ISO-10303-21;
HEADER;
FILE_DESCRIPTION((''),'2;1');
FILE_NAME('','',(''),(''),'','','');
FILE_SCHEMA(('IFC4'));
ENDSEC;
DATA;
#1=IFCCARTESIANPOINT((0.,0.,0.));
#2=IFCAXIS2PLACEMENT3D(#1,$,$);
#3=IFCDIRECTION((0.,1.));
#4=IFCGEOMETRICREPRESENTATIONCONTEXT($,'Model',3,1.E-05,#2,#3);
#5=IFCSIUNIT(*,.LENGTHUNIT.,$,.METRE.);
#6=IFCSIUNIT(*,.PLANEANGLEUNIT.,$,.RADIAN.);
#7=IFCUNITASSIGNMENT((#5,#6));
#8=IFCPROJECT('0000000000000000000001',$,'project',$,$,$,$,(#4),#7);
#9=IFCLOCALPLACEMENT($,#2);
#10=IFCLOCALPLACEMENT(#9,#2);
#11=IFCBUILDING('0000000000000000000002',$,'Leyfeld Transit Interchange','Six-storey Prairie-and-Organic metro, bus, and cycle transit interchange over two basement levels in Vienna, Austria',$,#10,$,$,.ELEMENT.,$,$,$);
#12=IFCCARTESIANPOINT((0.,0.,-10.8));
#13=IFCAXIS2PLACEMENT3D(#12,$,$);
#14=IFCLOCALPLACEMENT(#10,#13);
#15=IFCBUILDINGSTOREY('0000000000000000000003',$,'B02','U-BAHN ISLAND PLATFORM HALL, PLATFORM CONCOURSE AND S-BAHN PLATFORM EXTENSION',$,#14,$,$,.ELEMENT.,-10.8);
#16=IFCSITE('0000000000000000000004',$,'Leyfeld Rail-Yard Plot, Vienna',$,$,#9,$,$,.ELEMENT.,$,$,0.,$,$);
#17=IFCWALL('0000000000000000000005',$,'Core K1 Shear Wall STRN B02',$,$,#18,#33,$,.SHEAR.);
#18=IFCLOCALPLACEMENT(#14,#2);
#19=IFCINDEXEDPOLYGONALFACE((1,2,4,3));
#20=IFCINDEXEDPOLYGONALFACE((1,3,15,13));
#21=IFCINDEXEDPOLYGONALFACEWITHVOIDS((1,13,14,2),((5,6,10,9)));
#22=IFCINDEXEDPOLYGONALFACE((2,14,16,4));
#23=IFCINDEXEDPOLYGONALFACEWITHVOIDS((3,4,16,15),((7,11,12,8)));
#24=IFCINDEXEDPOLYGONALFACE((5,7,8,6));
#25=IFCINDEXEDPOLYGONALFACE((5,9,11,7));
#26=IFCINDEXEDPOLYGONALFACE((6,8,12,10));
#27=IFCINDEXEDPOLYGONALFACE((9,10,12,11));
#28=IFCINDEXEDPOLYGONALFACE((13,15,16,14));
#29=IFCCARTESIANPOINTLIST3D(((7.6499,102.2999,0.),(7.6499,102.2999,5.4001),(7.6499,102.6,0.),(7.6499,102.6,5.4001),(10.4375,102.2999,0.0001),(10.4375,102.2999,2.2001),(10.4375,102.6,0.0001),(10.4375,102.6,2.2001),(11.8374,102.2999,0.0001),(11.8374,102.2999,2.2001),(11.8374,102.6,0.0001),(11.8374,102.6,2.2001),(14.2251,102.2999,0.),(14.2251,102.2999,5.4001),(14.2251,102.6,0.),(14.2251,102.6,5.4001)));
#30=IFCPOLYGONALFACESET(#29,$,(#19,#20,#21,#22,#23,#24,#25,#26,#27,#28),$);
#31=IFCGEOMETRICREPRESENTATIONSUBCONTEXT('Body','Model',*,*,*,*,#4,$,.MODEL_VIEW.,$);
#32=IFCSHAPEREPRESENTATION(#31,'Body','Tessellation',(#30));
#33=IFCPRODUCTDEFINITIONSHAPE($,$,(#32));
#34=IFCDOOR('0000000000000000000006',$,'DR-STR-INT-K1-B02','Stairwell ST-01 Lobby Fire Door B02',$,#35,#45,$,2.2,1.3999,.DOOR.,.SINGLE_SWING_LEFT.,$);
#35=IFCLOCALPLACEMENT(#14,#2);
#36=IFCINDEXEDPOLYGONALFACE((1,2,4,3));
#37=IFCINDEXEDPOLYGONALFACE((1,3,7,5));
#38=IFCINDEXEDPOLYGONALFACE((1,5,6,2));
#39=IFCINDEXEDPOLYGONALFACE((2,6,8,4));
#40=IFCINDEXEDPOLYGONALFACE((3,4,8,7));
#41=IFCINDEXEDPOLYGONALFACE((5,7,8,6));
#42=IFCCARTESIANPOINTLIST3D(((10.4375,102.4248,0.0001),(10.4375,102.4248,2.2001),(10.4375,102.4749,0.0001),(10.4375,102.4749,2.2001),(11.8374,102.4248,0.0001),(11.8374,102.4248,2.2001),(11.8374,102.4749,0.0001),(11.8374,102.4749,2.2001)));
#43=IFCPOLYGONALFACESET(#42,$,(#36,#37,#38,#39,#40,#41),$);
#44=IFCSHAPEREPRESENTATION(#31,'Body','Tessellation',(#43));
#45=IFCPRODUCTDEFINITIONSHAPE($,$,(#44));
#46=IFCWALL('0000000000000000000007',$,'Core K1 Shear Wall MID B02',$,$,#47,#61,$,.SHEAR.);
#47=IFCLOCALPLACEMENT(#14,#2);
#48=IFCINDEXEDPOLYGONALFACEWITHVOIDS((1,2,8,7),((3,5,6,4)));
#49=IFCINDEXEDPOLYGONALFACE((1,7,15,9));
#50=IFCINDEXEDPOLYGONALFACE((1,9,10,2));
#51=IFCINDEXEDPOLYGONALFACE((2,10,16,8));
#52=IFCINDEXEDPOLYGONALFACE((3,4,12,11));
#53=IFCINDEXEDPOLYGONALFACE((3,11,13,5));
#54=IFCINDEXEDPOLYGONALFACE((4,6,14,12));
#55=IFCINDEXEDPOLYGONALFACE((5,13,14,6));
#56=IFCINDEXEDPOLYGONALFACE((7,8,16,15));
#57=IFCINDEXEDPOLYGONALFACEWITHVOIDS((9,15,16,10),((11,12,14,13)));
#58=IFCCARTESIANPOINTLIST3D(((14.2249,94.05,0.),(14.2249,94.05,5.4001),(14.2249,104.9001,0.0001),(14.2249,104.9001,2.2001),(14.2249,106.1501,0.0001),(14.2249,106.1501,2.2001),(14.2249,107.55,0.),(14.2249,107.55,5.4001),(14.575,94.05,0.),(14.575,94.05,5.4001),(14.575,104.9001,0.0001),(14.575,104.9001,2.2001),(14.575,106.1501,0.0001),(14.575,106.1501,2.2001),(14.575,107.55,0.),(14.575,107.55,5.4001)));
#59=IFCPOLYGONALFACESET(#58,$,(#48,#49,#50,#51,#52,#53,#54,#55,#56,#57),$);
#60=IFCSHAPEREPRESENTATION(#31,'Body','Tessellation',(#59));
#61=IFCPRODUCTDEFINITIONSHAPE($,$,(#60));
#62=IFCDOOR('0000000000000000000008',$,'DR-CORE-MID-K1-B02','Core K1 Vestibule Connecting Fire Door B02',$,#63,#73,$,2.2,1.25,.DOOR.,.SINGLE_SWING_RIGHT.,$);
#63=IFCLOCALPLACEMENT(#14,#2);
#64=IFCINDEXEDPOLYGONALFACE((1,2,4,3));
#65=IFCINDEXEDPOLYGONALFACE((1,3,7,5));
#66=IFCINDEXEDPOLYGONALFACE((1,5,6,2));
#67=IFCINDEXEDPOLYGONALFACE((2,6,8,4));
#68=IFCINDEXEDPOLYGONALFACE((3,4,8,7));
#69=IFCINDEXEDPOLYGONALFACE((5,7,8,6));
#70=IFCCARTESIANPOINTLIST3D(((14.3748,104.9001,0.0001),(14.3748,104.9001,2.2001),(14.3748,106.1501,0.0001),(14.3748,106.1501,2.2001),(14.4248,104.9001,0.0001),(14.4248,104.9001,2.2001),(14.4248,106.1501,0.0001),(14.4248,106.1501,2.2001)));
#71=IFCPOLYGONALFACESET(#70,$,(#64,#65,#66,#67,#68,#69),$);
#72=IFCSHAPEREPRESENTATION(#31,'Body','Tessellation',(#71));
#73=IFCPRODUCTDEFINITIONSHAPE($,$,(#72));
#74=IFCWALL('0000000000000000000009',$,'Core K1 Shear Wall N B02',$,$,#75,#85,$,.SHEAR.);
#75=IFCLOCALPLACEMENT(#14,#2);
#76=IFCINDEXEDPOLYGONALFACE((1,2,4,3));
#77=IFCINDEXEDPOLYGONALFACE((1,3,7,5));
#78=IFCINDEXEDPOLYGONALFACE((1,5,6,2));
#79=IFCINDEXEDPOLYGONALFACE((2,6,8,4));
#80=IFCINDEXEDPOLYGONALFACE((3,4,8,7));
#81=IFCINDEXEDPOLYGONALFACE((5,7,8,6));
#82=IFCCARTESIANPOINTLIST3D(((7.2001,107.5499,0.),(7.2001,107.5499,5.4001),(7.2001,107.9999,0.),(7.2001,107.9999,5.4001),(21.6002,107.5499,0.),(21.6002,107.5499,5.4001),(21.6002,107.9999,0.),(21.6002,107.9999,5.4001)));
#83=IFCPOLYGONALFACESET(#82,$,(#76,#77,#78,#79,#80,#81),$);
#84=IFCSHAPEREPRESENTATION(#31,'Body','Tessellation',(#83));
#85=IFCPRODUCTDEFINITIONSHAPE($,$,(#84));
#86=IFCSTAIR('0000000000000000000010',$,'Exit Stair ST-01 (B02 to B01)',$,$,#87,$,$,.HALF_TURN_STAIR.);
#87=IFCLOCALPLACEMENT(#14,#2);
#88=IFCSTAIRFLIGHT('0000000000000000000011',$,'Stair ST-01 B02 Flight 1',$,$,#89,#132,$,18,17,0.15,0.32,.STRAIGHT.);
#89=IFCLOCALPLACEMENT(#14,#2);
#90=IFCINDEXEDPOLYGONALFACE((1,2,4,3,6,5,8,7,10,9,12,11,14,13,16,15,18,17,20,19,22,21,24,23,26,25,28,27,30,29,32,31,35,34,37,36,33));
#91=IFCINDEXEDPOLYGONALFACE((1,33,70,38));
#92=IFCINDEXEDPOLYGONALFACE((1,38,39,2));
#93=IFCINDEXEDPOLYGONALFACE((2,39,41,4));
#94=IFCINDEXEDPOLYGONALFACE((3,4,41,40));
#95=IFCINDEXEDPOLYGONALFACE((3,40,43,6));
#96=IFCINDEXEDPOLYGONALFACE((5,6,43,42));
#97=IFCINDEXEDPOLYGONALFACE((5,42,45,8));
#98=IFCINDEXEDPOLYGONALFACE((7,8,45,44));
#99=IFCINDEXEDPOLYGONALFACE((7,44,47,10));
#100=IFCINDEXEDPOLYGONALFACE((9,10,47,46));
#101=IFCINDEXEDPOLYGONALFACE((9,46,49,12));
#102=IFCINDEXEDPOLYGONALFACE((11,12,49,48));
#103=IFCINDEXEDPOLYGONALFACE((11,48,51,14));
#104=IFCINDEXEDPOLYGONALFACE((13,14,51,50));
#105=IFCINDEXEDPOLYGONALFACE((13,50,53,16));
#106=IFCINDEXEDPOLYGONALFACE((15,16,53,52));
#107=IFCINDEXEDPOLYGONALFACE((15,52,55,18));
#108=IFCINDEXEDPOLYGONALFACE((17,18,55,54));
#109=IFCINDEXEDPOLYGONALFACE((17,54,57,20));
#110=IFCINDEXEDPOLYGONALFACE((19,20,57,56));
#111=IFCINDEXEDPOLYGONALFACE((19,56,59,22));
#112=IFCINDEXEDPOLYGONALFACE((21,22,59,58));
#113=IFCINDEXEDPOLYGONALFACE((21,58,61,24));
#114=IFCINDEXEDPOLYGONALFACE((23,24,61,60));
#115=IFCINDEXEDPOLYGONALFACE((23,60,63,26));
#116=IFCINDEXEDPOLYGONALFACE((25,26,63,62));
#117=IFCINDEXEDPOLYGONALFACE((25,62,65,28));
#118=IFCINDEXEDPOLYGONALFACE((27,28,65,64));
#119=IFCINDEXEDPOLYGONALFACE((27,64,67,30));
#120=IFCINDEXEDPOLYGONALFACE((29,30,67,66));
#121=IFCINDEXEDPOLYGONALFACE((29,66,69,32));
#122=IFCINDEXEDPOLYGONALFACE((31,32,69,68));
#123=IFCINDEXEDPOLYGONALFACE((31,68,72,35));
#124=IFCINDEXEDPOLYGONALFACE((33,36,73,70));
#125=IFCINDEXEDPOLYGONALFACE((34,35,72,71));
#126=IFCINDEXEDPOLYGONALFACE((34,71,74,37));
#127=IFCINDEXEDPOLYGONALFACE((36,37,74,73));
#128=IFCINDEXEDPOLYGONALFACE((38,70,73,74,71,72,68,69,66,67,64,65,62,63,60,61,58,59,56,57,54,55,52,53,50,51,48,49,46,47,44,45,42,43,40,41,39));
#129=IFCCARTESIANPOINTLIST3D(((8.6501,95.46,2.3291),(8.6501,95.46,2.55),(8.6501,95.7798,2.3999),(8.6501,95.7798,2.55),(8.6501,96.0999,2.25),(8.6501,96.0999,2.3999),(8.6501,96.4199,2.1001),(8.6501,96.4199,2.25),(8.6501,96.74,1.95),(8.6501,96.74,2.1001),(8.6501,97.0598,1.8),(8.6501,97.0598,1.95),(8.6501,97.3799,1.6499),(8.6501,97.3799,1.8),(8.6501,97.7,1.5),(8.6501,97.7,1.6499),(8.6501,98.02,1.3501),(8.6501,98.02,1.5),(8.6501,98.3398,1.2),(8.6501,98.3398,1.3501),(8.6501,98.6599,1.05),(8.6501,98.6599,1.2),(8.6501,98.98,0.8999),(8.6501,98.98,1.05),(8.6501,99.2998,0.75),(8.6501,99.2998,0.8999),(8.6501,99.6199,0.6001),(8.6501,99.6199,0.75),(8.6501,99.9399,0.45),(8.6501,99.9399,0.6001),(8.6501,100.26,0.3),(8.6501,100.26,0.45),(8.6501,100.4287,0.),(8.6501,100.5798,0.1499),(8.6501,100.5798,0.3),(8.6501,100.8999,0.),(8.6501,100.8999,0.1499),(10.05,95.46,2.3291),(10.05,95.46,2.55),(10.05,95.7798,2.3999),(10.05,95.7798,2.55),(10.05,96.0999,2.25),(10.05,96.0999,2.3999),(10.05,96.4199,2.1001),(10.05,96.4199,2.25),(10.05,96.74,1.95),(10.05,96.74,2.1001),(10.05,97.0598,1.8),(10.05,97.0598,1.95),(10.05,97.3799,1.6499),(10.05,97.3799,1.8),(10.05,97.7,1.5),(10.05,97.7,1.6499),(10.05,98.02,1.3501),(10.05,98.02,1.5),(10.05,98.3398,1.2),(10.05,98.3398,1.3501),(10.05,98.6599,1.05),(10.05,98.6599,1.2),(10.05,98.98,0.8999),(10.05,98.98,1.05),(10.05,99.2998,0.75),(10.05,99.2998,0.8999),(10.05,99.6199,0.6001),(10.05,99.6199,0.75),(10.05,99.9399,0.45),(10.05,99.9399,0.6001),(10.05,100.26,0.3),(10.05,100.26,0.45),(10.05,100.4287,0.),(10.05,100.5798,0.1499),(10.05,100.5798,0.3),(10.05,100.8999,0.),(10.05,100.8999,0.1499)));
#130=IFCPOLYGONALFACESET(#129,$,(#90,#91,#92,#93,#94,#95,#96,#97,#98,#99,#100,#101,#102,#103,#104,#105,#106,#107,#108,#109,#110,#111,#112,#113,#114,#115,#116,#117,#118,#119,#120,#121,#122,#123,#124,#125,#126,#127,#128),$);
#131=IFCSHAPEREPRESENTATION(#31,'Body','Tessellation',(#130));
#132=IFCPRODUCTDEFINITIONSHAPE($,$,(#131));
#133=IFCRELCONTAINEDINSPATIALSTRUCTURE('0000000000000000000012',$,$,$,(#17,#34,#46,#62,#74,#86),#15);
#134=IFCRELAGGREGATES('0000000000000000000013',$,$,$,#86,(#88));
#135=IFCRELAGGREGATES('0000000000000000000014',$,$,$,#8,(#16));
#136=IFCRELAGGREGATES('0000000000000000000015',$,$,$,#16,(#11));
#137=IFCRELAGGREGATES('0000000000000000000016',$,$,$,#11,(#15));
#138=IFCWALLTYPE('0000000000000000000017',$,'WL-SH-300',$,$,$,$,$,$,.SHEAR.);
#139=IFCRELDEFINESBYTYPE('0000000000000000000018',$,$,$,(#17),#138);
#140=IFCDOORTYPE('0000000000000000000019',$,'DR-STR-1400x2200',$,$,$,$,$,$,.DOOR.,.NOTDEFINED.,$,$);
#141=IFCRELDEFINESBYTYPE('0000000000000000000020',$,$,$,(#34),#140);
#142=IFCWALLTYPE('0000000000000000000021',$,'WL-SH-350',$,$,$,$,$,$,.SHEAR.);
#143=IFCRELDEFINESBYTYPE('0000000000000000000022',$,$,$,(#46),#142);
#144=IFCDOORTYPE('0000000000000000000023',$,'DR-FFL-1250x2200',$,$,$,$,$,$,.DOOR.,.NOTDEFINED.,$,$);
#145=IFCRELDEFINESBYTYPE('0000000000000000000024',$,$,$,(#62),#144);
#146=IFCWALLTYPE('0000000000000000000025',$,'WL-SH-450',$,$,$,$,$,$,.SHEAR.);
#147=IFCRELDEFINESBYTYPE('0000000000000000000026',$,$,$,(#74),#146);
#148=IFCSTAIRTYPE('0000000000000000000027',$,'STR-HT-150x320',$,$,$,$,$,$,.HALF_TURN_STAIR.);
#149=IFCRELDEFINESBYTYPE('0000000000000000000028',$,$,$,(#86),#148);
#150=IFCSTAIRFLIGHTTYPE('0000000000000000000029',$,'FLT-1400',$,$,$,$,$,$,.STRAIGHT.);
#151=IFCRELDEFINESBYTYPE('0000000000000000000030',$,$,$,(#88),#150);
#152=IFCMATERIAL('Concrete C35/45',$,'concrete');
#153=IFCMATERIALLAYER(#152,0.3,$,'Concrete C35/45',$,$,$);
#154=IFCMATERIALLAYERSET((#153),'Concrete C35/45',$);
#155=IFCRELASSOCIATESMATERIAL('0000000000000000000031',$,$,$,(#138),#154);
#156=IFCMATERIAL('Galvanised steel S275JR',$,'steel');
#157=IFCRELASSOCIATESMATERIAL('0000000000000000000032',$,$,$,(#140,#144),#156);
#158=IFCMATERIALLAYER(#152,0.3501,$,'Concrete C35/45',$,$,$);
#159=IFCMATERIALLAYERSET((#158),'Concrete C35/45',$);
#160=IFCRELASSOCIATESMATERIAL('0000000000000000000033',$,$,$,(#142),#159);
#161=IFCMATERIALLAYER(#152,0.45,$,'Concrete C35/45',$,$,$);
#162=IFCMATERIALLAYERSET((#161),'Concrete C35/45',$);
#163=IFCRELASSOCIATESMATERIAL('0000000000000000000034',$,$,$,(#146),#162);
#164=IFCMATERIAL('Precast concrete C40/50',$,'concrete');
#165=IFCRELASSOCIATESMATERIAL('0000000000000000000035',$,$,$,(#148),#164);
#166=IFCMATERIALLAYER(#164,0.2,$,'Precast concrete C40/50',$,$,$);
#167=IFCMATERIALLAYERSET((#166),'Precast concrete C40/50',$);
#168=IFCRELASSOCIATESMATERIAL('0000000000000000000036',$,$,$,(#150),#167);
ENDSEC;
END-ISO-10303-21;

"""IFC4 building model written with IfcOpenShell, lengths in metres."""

from ifc_helpers import new_model, si_unit, direction, frame, frame_2d, origin, place, context, subcontext, project, spatial, polyline, rectangle, outline, extrude, material, layer, layer_set, type_object, element, fill, aggregate, save


model = new_model("IFC4")

# Units and contexts
model_context = context("Model", 3, precision=1e-05, world=origin(), true_north=direction((0.0, 1.0)))
body_context = subcontext(model_context, "Body", "Model", "MODEL_VIEW")
ifc_project = project(units=[si_unit("LENGTHUNIT", "METRE"), si_unit("PLANEANGLEUNIT", "RADIAN")], contexts=[model_context])

# Site, building, storey
site_placement = place(None, origin())
site = spatial("IfcSite", under=ifc_project, at=site_placement, Name="Leyfeld Rail-Yard Plot, Vienna", CompositionType="ELEMENT", RefElevation=0.0)
building_placement = place(site_placement, origin())
building = spatial("IfcBuilding", under=site, at=building_placement, Name="Leyfeld Transit Interchange", Description="Six-storey Prairie-and-Organic metro, bus, and cycle transit interchange over two basement levels in Vienna, Austria", CompositionType="ELEMENT")
storey_placement = place(building_placement, frame((0.0, 0.0, -10.8)))
storey = spatial("IfcBuildingStorey", under=building, at=storey_placement, Name="B02", Description="U-BAHN ISLAND PLATFORM HALL, PLATFORM CONCOURSE AND S-BAHN PLATFORM EXTENSION", CompositionType="ELEMENT", Elevation=-10.8)

# Shared definitions
ifc_material_1 = material(Name="Concrete C35/45", Category="concrete")

# Walls, openings, doors
ifc_layer_1 = layer(ifc_material_1, 0.3, Name="Concrete C35/45")
ifc_layer_set_1 = layer_set([ifc_layer_1], Name="Concrete C35/45")
wall_type_1 = type_object("IfcWallType", Name="WL-SH-300", PredefinedType="SHEAR", material=ifc_layer_set_1)
wall_1_placement = place(storey_placement, frame((7.6499, 102.45, 0.0), z_axis=(0.0, 0.0, 1.0), x_axis=(1.0, 0.0, 0.0)))
wall_1 = element("IfcWall", 1, at=wall_1_placement, inside=storey, type_object=wall_type_1, Name="Core K1 Shear Wall STRN B02", PredefinedType="SHEAR", context=body_context, shape_type="SweptSolid", body=[
    extrude(rectangle(XDim=6.5752, YDim=0.3, at=frame_2d((3.2876, 0.0))), origin(), (0.0, 0.0, 1.0), 5.4001),
])
opening_1_placement = place(wall_1_placement, frame((2.7876, 0.0, 0.0)))
opening_1 = element("IfcOpeningElement", 2, at=opening_1_placement, cuts=wall_1, PredefinedType="OPENING", context=body_context, shape_type="SweptSolid", body=[
    extrude(rectangle(XDim=1.3999, YDim=2.2, at=frame_2d((0.7, 1.1001))), frame((0.0, 0.1599, 0.0), z_axis=(0.0, -1.0, 0.0), x_axis=(1.0, 0.0, 0.0)), (0.0, 0.0, 1.0), 0.3201),
])
ifc_material_2 = material(Name="Galvanised steel S275JR", Category="steel")
door_type_1 = type_object("IfcDoorType", Name="DR-STR-1400x2200", OperationType="NOTDEFINED", PredefinedType="DOOR", material=ifc_material_2)
door_1_placement = place(opening_1_placement, origin())
door_1 = element("IfcDoor", 3, at=door_1_placement, inside=storey, type_object=door_type_1, Name="DR-STR-INT-K1-B02", Description="Stairwell ST-01 Lobby Fire Door B02", OperationType="SINGLE_SWING_LEFT", OverallHeight=2.2, OverallWidth=1.3999, PredefinedType="DOOR", context=body_context, shape_type="SweptSolid", body=[
    extrude(rectangle(XDim=1.3999, YDim=2.2, at=frame_2d((0.7, 1.1001))), frame((0.0, 0.0249, 0.0), z_axis=(0.0, -1.0, 0.0), x_axis=(1.0, 0.0, 0.0)), (0.0, 0.0, 1.0), 0.05),
])
fill(opening_1, door_1)
ifc_layer_2 = layer(ifc_material_1, 0.3501, Name="Concrete C35/45")
ifc_layer_set_2 = layer_set([ifc_layer_2], Name="Concrete C35/45")
wall_type_2 = type_object("IfcWallType", Name="WL-SH-350", PredefinedType="SHEAR", material=ifc_layer_set_2)
wall_2_placement = place(storey_placement, frame((14.3999, 107.55, 0.0), z_axis=(0.0, 0.0, 1.0), x_axis=(0.0, -1.0, 0.0)))
wall_2 = element("IfcWall", 4, at=wall_2_placement, inside=storey, type_object=wall_type_2, Name="Core K1 Shear Wall MID B02", PredefinedType="SHEAR", context=body_context, shape_type="SweptSolid", body=[
    extrude(rectangle(XDim=13.5, YDim=0.3501, at=frame_2d((6.75, 0.0))), origin(), (0.0, 0.0, 1.0), 5.4001),
])
opening_2_placement = place(wall_2_placement, frame((1.3999, 0.0, 0.0)))
opening_2 = element("IfcOpeningElement", 5, at=opening_2_placement, cuts=wall_2, PredefinedType="OPENING", context=body_context, shape_type="SweptSolid", body=[
    extrude(rectangle(XDim=1.25, YDim=2.2, at=frame_2d((0.625, 1.1001))), frame((0.0, 0.1851, 0.0), z_axis=(0.0, -1.0, 0.0), x_axis=(1.0, 0.0, 0.0)), (0.0, 0.0, 1.0), 0.3701),
])
door_type_2 = type_object("IfcDoorType", Name="DR-FFL-1250x2200", OperationType="NOTDEFINED", PredefinedType="DOOR", material=ifc_material_2)
door_2_placement = place(opening_2_placement, origin())
door_2 = element("IfcDoor", 6, at=door_2_placement, inside=storey, type_object=door_type_2, Name="DR-CORE-MID-K1-B02", Description="Core K1 Vestibule Connecting Fire Door B02", OperationType="SINGLE_SWING_RIGHT", OverallHeight=2.2, OverallWidth=1.25, PredefinedType="DOOR", context=body_context, shape_type="SweptSolid", body=[
    extrude(rectangle(XDim=1.25, YDim=2.2, at=frame_2d((0.625, 1.1001))), frame((0.0, 0.0249, 0.0), z_axis=(0.0, -1.0, 0.0), x_axis=(1.0, 0.0, 0.0)), (0.0, 0.0, 1.0), 0.05),
])
fill(opening_2, door_2)

# Wall
ifc_layer_3 = layer(ifc_material_1, 0.45, Name="Concrete C35/45")
ifc_layer_set_3 = layer_set([ifc_layer_3], Name="Concrete C35/45")
wall_type_3 = type_object("IfcWallType", Name="WL-SH-450", PredefinedType="SHEAR", material=ifc_layer_set_3)
wall_3_placement = place(storey_placement, frame((7.2, 107.7749, 0.0), z_axis=(0.0, 0.0, 1.0), x_axis=(1.0, 0.0, 0.0)))
element("IfcWall", 7, at=wall_3_placement, inside=storey, type_object=wall_type_3, Name="Core K1 Shear Wall N B02", PredefinedType="SHEAR", context=body_context, shape_type="SweptSolid", body=[
    extrude(rectangle(XDim=14.4001, YDim=0.45, at=frame_2d((7.2002, 0.0))), origin(), (0.0, 0.0, 1.0), 5.4001),
])

# Stair, stair flight
ifc_material_3 = material(Name="Precast concrete C40/50", Category="concrete")
stair_type = type_object("IfcStairType", Name="STR-HT-150x320", PredefinedType="HALF_TURN_STAIR", material=ifc_material_3)
stair_placement = place(storey_placement, origin())
stair = element("IfcStair", 8, at=stair_placement, inside=storey, type_object=stair_type, Name="Exit Stair ST-01 (B02 to B01)", PredefinedType="HALF_TURN_STAIR")
ifc_layer_4 = layer(ifc_material_3, 0.2, Name="Precast concrete C40/50")
ifc_layer_set_4 = layer_set([ifc_layer_4], Name="Precast concrete C40/50")
stair_flight_type = type_object("IfcStairFlightType", Name="FLT-1400", PredefinedType="STRAIGHT", material=ifc_layer_set_4)
stair_flight_1_placement = place(storey_placement, frame((9.3501, 100.8999, 0.0), z_axis=(0.0, 0.0, 1.0), x_axis=(0.0, -1.0, 0.0)))
stair_flight_1 = element("IfcStairFlight", 9, at=stair_flight_1_placement, type_object=stair_flight_type, Name="Stair ST-01 B02 Flight 1", NumberOfRisers=18, NumberOfTreads=17, PredefinedType="STRAIGHT", RiserHeight=0.15, TreadLength=0.32, context=body_context, shape_type="SweptSolid", body=[
    extrude(outline(polyline([(0.0, 0.0), (0.0, 0.1499), (0.3201, 0.1499), (0.3201, 0.3), (0.6399, 0.3), (0.6399, 0.45), (0.96, 0.45), (0.96, 0.6001), (1.28, 0.6001), (1.28, 0.75), (1.6001, 0.75), (1.6001, 0.8999), (1.9199, 0.8999), (1.9199, 1.05), (2.24, 1.05), (2.24, 1.2), (2.5601, 1.2), (2.5601, 1.3501), (2.8799, 1.3501), (2.8799, 1.5), (3.2, 1.5), (3.2, 1.6499), (3.52, 1.6499), (3.52, 1.8), (3.8401, 1.8), (3.8401, 1.95), (4.1599, 1.95), (4.1599, 2.1001), (4.48, 2.1001), (4.48, 2.25), (4.8, 2.25), (4.8, 2.3999), (5.1201, 2.3999), (5.1201, 2.55), (5.4399, 2.55), (5.4399, 2.7), (5.4399, 2.3291), (0.4712, 0.0), (0.0, 0.0)])), frame((0.0, 0.7, 0.0), z_axis=(0.0, -1.0, 0.0), x_axis=(1.0, 0.0, 0.0)), (0.0, 0.0, 1.0), 1.3999),
])
aggregate(stair, [stair_flight_1])

save(model, "model.ifc")
